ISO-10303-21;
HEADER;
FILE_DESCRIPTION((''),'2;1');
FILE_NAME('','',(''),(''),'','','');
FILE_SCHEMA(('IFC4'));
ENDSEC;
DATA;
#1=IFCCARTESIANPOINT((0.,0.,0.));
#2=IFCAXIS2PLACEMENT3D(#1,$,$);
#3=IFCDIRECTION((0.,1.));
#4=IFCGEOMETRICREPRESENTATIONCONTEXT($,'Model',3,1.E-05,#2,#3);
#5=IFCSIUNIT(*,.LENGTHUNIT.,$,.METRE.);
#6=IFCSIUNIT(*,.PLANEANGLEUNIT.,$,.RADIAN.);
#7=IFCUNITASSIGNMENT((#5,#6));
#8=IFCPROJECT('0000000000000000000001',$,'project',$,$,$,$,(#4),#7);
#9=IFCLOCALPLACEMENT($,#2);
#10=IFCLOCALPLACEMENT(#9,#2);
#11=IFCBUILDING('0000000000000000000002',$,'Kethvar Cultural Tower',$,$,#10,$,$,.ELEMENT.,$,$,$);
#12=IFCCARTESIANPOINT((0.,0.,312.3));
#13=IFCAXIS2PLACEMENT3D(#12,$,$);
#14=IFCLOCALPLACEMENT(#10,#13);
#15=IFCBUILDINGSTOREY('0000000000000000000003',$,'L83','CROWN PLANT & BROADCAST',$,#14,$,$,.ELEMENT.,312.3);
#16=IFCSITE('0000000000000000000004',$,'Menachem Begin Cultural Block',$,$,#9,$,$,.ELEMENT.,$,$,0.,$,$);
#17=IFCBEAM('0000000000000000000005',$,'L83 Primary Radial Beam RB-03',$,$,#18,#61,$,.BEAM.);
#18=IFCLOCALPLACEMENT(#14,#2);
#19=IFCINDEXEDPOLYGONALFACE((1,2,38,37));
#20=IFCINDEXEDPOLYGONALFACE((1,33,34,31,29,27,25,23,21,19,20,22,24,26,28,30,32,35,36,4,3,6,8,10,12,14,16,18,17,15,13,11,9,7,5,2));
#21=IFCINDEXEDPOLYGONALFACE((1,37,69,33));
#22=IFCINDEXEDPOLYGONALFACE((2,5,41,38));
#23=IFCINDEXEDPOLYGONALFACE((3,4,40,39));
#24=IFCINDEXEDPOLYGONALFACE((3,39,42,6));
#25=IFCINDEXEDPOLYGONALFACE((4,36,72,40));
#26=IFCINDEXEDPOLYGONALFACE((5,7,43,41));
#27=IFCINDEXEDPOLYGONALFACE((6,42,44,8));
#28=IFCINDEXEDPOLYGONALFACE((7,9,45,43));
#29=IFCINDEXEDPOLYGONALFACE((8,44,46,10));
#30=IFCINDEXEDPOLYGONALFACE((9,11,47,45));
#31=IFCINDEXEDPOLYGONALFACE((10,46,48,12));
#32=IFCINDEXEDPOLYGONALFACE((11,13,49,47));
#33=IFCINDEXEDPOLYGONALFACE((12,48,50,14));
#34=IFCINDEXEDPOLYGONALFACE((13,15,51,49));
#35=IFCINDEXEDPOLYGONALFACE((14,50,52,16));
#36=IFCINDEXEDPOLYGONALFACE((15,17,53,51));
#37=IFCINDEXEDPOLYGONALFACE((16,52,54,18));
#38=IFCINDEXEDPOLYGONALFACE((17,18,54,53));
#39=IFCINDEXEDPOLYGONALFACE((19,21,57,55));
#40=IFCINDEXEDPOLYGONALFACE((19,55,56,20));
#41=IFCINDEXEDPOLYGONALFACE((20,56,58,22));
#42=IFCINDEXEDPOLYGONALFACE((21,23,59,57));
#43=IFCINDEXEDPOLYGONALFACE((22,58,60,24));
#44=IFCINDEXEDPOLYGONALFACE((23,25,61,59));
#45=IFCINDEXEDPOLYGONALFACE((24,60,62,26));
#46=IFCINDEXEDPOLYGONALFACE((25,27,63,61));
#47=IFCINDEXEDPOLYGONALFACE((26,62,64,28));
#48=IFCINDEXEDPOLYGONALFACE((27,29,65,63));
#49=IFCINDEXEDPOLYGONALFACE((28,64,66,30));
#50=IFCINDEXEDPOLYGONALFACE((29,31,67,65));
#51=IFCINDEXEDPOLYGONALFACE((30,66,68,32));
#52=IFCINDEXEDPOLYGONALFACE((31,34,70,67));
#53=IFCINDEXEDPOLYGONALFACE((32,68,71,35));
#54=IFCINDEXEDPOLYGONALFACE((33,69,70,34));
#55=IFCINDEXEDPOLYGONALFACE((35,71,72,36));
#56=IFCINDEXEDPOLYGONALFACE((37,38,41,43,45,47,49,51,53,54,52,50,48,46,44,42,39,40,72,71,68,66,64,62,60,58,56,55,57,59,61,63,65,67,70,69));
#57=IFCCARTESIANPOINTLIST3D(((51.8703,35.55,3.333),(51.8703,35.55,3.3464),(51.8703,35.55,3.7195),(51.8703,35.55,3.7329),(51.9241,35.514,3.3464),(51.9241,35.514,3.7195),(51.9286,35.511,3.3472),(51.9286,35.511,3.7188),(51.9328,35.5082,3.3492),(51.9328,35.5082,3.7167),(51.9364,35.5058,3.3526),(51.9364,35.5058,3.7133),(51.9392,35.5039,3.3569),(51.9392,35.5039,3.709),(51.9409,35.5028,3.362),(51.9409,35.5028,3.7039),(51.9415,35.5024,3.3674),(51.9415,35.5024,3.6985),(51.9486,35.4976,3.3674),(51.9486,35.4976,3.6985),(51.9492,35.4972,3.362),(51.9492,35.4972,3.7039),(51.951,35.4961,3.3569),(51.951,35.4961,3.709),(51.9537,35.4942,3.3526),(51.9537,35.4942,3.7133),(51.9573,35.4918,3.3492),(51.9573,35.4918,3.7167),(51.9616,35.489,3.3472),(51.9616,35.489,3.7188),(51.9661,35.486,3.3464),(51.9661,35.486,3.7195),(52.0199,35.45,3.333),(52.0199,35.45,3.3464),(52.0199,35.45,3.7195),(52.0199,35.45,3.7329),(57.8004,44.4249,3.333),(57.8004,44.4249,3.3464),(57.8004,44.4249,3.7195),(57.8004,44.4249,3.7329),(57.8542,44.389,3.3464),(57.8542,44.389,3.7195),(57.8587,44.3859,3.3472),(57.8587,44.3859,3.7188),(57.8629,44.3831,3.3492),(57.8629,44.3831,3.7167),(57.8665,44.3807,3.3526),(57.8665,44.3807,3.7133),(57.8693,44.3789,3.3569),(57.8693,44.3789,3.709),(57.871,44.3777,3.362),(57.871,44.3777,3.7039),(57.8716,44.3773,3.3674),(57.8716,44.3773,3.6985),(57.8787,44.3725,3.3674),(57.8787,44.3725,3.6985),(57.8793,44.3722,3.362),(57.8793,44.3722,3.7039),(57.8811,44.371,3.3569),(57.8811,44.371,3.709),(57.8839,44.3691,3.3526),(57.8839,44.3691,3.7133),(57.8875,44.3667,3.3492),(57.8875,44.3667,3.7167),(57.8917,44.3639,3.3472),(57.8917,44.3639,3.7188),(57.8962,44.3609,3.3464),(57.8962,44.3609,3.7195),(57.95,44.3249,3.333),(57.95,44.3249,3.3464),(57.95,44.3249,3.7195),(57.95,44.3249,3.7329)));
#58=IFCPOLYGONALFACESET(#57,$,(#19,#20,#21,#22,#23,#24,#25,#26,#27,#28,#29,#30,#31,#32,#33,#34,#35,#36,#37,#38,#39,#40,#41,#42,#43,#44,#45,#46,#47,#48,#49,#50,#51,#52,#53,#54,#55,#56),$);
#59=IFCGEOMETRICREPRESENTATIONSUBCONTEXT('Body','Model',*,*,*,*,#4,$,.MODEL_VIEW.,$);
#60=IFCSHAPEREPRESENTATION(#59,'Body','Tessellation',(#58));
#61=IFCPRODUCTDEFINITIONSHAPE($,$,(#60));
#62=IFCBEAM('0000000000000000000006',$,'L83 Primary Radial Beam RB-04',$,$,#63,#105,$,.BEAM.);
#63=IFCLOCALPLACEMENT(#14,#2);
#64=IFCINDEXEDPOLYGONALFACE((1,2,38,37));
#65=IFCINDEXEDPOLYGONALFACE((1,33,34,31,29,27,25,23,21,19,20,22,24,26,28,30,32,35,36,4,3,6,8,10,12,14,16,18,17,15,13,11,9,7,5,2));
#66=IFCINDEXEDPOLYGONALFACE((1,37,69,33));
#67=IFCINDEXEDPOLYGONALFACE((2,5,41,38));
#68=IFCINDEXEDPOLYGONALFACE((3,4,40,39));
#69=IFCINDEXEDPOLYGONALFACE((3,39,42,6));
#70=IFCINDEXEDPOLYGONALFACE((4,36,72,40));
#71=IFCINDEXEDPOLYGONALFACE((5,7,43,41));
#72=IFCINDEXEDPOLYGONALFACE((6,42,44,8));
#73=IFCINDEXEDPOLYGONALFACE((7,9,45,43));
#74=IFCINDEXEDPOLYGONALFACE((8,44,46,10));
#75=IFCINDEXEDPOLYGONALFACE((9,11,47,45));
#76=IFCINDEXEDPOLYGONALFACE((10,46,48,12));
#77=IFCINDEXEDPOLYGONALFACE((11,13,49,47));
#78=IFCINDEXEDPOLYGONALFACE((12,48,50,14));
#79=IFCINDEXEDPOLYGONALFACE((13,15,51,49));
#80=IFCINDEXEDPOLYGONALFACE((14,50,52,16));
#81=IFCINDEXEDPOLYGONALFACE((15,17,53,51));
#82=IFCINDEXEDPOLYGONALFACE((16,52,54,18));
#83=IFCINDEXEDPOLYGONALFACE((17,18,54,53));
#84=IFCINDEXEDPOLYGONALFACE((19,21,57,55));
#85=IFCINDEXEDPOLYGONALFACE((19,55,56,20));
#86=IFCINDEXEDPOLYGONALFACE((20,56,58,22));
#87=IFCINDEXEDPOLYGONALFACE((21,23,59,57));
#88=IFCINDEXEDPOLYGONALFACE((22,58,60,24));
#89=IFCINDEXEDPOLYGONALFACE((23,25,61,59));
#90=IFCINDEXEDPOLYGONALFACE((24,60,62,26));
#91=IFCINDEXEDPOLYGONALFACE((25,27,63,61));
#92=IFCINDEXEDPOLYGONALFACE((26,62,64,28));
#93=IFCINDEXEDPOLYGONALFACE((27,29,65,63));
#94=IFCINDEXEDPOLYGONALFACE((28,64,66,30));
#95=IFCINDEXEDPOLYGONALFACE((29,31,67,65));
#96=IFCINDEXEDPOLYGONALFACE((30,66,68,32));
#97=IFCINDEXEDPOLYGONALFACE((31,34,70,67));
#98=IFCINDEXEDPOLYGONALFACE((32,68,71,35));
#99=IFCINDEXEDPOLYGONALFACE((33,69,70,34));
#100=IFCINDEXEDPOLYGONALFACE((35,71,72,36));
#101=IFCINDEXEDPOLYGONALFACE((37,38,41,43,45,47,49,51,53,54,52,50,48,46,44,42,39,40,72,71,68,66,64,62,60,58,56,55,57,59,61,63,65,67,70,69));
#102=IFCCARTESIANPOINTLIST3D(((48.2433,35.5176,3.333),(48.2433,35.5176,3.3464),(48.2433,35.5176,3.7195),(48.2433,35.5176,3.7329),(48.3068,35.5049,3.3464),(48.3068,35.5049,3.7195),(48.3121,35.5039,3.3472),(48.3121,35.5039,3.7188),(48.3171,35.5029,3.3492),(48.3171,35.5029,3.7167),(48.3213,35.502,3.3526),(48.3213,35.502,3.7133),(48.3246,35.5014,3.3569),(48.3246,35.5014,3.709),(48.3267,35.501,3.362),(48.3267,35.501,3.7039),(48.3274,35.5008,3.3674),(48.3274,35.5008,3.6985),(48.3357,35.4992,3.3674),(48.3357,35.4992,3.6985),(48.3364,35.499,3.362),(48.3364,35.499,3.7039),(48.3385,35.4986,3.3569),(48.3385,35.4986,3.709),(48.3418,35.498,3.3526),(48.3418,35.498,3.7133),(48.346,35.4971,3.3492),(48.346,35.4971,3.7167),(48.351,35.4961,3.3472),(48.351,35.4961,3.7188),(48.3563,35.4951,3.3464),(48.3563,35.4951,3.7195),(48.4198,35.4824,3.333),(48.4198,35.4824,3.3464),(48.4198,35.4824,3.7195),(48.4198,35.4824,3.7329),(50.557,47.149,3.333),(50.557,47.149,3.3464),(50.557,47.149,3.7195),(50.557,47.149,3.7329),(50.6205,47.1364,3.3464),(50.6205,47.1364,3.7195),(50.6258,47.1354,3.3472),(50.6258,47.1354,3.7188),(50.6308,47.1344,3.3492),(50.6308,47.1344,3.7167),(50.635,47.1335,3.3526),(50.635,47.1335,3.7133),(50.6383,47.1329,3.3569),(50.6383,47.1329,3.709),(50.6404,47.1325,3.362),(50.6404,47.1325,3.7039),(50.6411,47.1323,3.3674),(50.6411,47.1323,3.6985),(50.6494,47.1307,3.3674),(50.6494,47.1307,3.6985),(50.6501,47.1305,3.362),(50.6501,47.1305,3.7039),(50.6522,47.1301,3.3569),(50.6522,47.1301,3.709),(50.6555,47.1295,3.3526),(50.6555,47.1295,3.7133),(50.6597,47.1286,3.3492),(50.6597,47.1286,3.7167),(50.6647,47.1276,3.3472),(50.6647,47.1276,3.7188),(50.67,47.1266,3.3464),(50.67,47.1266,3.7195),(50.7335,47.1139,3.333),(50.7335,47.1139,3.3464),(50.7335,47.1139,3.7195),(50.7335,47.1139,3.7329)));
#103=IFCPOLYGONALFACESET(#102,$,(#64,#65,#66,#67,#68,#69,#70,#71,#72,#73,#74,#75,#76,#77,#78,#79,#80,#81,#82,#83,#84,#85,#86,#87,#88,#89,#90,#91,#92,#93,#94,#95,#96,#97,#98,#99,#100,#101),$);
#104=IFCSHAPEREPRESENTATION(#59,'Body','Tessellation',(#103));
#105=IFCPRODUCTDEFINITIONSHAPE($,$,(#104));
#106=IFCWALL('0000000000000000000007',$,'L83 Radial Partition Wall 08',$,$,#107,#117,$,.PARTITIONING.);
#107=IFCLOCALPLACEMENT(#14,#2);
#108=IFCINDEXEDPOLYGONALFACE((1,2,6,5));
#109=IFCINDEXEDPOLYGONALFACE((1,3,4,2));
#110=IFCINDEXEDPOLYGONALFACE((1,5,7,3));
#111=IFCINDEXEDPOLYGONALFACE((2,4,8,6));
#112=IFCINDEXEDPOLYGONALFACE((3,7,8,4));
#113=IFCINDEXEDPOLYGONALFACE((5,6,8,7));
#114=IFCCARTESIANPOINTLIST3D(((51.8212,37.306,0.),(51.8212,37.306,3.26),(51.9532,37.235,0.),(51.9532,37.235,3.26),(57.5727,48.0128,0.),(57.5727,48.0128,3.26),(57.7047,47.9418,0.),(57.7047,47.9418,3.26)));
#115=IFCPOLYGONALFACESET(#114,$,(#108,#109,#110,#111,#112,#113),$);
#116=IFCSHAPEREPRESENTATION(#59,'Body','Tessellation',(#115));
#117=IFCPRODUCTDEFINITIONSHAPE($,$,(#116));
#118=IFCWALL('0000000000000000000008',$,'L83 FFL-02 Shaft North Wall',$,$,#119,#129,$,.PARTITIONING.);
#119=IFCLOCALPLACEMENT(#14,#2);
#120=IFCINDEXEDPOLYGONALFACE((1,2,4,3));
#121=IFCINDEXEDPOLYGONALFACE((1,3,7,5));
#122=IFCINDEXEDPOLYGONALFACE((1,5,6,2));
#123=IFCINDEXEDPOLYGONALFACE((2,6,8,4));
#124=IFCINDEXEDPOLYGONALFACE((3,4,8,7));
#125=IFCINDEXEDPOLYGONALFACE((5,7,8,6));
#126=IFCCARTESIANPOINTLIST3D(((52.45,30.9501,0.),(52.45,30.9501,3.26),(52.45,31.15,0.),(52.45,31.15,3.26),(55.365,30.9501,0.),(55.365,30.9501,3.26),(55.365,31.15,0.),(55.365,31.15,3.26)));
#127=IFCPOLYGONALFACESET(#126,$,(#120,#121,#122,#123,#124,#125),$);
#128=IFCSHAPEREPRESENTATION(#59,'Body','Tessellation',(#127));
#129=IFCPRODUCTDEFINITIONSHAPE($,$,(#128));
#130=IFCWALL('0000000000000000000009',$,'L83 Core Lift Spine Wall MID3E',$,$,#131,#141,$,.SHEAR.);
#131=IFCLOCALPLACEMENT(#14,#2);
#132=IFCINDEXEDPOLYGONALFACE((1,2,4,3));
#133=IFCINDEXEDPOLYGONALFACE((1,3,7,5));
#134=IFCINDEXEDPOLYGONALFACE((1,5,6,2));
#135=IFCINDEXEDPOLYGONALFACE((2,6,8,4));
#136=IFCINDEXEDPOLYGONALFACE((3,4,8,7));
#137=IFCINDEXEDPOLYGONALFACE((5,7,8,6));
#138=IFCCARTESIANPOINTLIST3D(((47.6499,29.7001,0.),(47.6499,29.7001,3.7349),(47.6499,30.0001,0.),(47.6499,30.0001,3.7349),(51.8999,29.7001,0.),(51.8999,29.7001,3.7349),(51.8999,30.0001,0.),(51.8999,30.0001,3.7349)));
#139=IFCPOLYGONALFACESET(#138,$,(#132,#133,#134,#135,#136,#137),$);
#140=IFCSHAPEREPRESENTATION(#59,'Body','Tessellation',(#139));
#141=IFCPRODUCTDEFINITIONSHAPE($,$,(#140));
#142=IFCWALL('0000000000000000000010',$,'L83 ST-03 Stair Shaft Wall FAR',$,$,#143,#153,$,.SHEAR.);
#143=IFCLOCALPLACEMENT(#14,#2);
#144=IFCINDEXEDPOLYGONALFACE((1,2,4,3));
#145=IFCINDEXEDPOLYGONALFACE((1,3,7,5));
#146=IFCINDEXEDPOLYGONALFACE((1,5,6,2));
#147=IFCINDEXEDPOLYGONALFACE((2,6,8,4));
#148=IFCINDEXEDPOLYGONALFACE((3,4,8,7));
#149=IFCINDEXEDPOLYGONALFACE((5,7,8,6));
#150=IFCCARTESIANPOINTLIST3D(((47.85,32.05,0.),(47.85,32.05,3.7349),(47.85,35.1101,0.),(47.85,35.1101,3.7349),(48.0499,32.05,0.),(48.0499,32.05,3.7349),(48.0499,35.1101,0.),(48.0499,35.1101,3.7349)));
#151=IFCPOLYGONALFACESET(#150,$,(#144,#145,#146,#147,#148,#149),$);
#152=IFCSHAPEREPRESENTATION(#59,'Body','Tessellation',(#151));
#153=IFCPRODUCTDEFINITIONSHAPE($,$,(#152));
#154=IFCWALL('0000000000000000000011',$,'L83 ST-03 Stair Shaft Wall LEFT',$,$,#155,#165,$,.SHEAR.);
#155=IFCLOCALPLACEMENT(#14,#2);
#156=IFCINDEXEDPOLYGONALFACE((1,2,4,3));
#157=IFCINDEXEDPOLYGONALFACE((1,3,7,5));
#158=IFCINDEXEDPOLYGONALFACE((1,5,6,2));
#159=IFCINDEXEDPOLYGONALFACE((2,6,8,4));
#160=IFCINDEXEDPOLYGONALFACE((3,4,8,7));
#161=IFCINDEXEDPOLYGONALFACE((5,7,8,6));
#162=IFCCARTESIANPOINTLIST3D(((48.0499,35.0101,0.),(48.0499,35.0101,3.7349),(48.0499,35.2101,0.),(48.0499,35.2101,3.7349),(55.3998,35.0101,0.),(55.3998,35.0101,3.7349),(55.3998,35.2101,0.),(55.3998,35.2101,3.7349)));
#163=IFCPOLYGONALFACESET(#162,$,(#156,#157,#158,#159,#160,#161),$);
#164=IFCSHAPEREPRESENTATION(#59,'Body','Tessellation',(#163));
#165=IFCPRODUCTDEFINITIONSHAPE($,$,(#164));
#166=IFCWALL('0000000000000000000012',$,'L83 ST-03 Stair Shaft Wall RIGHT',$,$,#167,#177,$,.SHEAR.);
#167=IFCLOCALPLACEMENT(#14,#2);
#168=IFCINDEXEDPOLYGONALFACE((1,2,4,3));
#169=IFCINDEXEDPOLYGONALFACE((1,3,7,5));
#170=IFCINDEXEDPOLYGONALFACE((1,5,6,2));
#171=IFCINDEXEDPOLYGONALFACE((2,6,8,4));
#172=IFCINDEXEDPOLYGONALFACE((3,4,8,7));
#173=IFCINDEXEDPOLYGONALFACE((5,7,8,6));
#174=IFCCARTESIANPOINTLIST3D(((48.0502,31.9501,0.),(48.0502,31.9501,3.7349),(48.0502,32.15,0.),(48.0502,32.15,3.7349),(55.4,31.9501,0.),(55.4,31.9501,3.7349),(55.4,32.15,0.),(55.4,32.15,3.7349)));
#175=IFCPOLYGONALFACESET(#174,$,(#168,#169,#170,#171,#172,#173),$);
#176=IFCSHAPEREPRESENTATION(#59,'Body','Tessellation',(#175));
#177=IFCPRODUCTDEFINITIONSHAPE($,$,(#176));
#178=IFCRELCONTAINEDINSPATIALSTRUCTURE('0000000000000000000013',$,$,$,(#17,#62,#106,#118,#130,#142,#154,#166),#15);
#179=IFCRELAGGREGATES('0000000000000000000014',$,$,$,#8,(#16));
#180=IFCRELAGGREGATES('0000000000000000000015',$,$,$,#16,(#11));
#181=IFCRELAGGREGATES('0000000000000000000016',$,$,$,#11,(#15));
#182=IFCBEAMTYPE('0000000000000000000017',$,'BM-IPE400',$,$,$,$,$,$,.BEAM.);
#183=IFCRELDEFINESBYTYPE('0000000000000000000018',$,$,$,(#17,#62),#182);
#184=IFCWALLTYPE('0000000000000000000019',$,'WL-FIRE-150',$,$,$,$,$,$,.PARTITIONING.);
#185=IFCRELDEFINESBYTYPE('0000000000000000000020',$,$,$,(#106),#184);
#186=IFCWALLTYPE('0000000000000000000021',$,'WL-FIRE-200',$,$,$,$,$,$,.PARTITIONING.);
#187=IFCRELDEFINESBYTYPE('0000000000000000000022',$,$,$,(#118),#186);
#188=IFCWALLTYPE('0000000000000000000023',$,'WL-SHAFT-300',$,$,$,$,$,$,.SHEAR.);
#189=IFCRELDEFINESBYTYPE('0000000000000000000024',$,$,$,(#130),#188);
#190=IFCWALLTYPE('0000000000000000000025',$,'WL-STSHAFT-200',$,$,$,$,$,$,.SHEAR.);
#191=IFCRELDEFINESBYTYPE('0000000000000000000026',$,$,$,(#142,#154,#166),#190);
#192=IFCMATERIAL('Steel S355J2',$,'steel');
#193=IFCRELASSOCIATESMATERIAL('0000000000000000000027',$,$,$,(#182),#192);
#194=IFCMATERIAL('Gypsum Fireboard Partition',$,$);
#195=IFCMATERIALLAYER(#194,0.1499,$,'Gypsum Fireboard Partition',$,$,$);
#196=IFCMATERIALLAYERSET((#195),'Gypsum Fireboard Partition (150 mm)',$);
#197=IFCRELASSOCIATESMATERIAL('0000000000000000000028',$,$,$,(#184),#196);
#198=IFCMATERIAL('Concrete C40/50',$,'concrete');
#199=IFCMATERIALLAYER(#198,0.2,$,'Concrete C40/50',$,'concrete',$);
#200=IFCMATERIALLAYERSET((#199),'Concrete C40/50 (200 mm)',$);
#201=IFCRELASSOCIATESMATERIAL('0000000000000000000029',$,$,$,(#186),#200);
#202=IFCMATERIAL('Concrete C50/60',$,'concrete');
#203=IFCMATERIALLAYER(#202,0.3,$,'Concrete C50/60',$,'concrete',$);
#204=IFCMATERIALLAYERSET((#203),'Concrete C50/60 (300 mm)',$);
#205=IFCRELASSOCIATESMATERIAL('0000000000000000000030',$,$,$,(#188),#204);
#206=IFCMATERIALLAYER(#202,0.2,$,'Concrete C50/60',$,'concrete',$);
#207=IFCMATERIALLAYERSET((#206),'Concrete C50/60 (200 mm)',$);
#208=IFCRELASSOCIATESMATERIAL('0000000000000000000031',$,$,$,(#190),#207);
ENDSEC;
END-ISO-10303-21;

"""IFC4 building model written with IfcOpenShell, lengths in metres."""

from ifc_helpers import new_model, si_unit, direction, frame, frame_2d, origin, origin_2d, place, context, subcontext, project, spatial, rectangle, i_section, extrude, source, transform, mapped, material, layer, layer_set, material_profile, profile_set, type_object, element, save


model = new_model("IFC4")

# Units and contexts
model_context = context("Model", 3, precision=1e-05, world=origin(), true_north=direction((0.0, 1.0)))
body_context = subcontext(model_context, "Body", "Model", "MODEL_VIEW")
ifc_project = project(units=[si_unit("LENGTHUNIT", "METRE"), si_unit("PLANEANGLEUNIT", "RADIAN")], contexts=[model_context])

# Site, building, storey
site_placement = place(None, origin())
site = spatial("IfcSite", under=ifc_project, at=site_placement, Name="Menachem Begin Cultural Block", CompositionType="ELEMENT", RefElevation=0.0)
building_placement = place(site_placement, origin())
building = spatial("IfcBuilding", under=site, at=building_placement, Name="Kethvar Cultural Tower", CompositionType="ELEMENT")
storey_placement = place(building_placement, frame((0.0, 0.0, 312.3)))
storey = spatial("IfcBuildingStorey", under=building, at=storey_placement, Name="L83", Description="CROWN PLANT & BROADCAST", CompositionType="ELEMENT", Elevation=312.3)

# Beams
ifc_material_1 = material(Name="Steel S355J2", Category="steel")
ifc_material_profile_1 = material_profile(ifc_material_1, i_section(OverallWidth=0.1799, OverallDepth=0.3999, WebThickness=0.0085, FlangeThickness=0.0134, FilletRadius=0.021, at=origin_2d()), Name="Steel S355J2 — IPE400")
ifc_profile_set_1 = profile_set([ifc_material_profile_1], Name="Steel S355J2 — IPE400")
beam_type_1 = type_object("IfcBeamType", Name="BM-IPE400", PredefinedType="BEAM", material=ifc_profile_set_1)
shared_shape_1 = source(origin(), body_context, "Body", "SweptSolid", [
    extrude(i_section(OverallWidth=0.1799, OverallDepth=0.3999, WebThickness=0.0085, FlangeThickness=0.0134, FilletRadius=0.021, at=origin_2d()), origin(), (0.0, 0.0, 1.0), 10.6738),
])
beam_1_placement = place(storey_placement, frame((51.9451, 35.5, 3.533), z_axis=(0.555576, 0.831466, 0.0), x_axis=(-0.831466, 0.555576, 0.0)))
element("IfcBeam", 1, at=beam_1_placement, inside=storey, type_object=beam_type_1, Name="L83 Primary Radial Beam RB-03", PredefinedType="BEAM", context=body_context, shape_type="MappedRepresentation", body=[
    mapped(shared_shape_1, transform((0.0, 0.0, 0.0), scale=1.0)),
])
shared_shape_2 = source(origin(), body_context, "Body", "SweptSolid", [
    extrude(i_section(OverallWidth=0.1799, OverallDepth=0.3999, WebThickness=0.0085, FlangeThickness=0.0134, FilletRadius=0.021, at=origin_2d()), origin(), (0.0, 0.0, 1.0), 11.8594),
])
beam_2_placement = place(storey_placement, frame((48.3315, 35.5, 3.533), z_axis=(0.195095, 0.980784, 0.0), x_axis=(-0.980784, 0.195095, 0.0)))
element("IfcBeam", 2, at=beam_2_placement, inside=storey, type_object=beam_type_1, Name="L83 Primary Radial Beam RB-04", PredefinedType="BEAM", context=body_context, shape_type="MappedRepresentation", body=[
    mapped(shared_shape_2, transform((0.0, 0.0, 0.0), scale=1.0)),
])

# Walls
ifc_material_2 = material(Name="Gypsum Fireboard Partition")
ifc_layer_1 = layer(ifc_material_2, 0.1499, Name="Gypsum Fireboard Partition")
ifc_layer_set_1 = layer_set([ifc_layer_1], Name="Gypsum Fireboard Partition (150 mm)")
wall_type_1 = type_object("IfcWallType", Name="WL-FIRE-150", PredefinedType="PARTITIONING", material=ifc_layer_set_1)
wall_1_placement = place(storey_placement, frame((51.8872, 37.2705, 0.0), z_axis=(0.0, 0.0, 1.0), x_axis=(0.473224, 0.880942, 0.0)))
element("IfcWall", 3, at=wall_1_placement, inside=storey, type_object=wall_type_1, Name="L83 Radial Partition Wall 08", PredefinedType="PARTITIONING", context=body_context, shape_type="SweptSolid", body=[
    extrude(rectangle(XDim=12.1538, YDim=0.1499, at=frame_2d((6.0769, 0.0))), origin(), (0.0, 0.0, 1.0), 3.26),
])
ifc_material_3 = material(Name="Concrete C40/50", Category="concrete")
ifc_layer_2 = layer(ifc_material_3, 0.2, Name="Concrete C40/50", Category="concrete")
ifc_layer_set_2 = layer_set([ifc_layer_2], Name="Concrete C40/50 (200 mm)")
wall_type_2 = type_object("IfcWallType", Name="WL-FIRE-200", PredefinedType="PARTITIONING", material=ifc_layer_set_2)
wall_2_placement = place(storey_placement, frame((52.45, 31.05, 0.0), z_axis=(0.0, 0.0, 1.0), x_axis=(1.0, 0.0, 0.0)))
element("IfcWall", 4, at=wall_2_placement, inside=storey, type_object=wall_type_2, Name="L83 FFL-02 Shaft North Wall", PredefinedType="PARTITIONING", context=body_context, shape_type="SweptSolid", body=[
    extrude(rectangle(XDim=2.915, YDim=0.2, at=frame_2d((1.4575, 0.0))), origin(), (0.0, 0.0, 1.0), 3.26),
])
ifc_material_4 = material(Name="Concrete C50/60", Category="concrete")
ifc_layer_3 = layer(ifc_material_4, 0.3, Name="Concrete C50/60", Category="concrete")
ifc_layer_set_3 = layer_set([ifc_layer_3], Name="Concrete C50/60 (300 mm)")
wall_type_3 = type_object("IfcWallType", Name="WL-SHAFT-300", PredefinedType="SHEAR", material=ifc_layer_set_3)
wall_3_placement = place(storey_placement, frame((47.6499, 29.8501, 0.0), z_axis=(0.0, 0.0, 1.0), x_axis=(1.0, 0.0, 0.0)))
element("IfcWall", 5, at=wall_3_placement, inside=storey, type_object=wall_type_3, Name="L83 Core Lift Spine Wall MID3E", PredefinedType="SHEAR", context=body_context, shape_type="SweptSolid", body=[
    extrude(rectangle(XDim=4.25, YDim=0.3, at=frame_2d((2.125, 0.0))), origin(), (0.0, 0.0, 1.0), 3.7349),
])
ifc_layer_4 = layer(ifc_material_4, 0.2, Name="Concrete C50/60", Category="concrete")
ifc_layer_set_4 = layer_set([ifc_layer_4], Name="Concrete C50/60 (200 mm)")
wall_type_4 = type_object("IfcWallType", Name="WL-STSHAFT-200", PredefinedType="SHEAR", material=ifc_layer_set_4)
wall_4_placement = place(storey_placement, frame((47.95, 32.05, 0.0), z_axis=(0.0, 0.0, 1.0), x_axis=(0.0, 1.0, 0.0)))
element("IfcWall", 6, at=wall_4_placement, inside=storey, type_object=wall_type_4, Name="L83 ST-03 Stair Shaft Wall FAR", PredefinedType="SHEAR", context=body_context, shape_type="SweptSolid", body=[
    extrude(rectangle(XDim=3.0601, YDim=0.2, at=frame_2d((1.53, 0.0))), origin(), (0.0, 0.0, 1.0), 3.7349),
])
for number, where, z_axis, x_axis, name in (
    (7, (48.05, 35.1101, 0.0), (0.0, 0.0, 1.0), (1.0, 0.0, 0.0), "L83 ST-03 Stair Shaft Wall LEFT"),
    (8, (55.3999, 32.05, 0.0), (0.0, 0.0, 1.0), (-1.0, 0.0, 0.0), "L83 ST-03 Stair Shaft Wall RIGHT"),
):
    element("IfcWall", number, at=place(storey_placement, frame(where, z_axis=z_axis, x_axis=x_axis)), inside=storey, type_object=wall_type_4, Name=name, PredefinedType="SHEAR", context=body_context, shape_type="SweptSolid", body=[
        extrude(rectangle(XDim=7.3499, YDim=0.2, at=frame_2d((3.6748, 0.0))), origin(), (0.0, 0.0, 1.0), 3.7349),
    ])

save(model, "model.ifc")
